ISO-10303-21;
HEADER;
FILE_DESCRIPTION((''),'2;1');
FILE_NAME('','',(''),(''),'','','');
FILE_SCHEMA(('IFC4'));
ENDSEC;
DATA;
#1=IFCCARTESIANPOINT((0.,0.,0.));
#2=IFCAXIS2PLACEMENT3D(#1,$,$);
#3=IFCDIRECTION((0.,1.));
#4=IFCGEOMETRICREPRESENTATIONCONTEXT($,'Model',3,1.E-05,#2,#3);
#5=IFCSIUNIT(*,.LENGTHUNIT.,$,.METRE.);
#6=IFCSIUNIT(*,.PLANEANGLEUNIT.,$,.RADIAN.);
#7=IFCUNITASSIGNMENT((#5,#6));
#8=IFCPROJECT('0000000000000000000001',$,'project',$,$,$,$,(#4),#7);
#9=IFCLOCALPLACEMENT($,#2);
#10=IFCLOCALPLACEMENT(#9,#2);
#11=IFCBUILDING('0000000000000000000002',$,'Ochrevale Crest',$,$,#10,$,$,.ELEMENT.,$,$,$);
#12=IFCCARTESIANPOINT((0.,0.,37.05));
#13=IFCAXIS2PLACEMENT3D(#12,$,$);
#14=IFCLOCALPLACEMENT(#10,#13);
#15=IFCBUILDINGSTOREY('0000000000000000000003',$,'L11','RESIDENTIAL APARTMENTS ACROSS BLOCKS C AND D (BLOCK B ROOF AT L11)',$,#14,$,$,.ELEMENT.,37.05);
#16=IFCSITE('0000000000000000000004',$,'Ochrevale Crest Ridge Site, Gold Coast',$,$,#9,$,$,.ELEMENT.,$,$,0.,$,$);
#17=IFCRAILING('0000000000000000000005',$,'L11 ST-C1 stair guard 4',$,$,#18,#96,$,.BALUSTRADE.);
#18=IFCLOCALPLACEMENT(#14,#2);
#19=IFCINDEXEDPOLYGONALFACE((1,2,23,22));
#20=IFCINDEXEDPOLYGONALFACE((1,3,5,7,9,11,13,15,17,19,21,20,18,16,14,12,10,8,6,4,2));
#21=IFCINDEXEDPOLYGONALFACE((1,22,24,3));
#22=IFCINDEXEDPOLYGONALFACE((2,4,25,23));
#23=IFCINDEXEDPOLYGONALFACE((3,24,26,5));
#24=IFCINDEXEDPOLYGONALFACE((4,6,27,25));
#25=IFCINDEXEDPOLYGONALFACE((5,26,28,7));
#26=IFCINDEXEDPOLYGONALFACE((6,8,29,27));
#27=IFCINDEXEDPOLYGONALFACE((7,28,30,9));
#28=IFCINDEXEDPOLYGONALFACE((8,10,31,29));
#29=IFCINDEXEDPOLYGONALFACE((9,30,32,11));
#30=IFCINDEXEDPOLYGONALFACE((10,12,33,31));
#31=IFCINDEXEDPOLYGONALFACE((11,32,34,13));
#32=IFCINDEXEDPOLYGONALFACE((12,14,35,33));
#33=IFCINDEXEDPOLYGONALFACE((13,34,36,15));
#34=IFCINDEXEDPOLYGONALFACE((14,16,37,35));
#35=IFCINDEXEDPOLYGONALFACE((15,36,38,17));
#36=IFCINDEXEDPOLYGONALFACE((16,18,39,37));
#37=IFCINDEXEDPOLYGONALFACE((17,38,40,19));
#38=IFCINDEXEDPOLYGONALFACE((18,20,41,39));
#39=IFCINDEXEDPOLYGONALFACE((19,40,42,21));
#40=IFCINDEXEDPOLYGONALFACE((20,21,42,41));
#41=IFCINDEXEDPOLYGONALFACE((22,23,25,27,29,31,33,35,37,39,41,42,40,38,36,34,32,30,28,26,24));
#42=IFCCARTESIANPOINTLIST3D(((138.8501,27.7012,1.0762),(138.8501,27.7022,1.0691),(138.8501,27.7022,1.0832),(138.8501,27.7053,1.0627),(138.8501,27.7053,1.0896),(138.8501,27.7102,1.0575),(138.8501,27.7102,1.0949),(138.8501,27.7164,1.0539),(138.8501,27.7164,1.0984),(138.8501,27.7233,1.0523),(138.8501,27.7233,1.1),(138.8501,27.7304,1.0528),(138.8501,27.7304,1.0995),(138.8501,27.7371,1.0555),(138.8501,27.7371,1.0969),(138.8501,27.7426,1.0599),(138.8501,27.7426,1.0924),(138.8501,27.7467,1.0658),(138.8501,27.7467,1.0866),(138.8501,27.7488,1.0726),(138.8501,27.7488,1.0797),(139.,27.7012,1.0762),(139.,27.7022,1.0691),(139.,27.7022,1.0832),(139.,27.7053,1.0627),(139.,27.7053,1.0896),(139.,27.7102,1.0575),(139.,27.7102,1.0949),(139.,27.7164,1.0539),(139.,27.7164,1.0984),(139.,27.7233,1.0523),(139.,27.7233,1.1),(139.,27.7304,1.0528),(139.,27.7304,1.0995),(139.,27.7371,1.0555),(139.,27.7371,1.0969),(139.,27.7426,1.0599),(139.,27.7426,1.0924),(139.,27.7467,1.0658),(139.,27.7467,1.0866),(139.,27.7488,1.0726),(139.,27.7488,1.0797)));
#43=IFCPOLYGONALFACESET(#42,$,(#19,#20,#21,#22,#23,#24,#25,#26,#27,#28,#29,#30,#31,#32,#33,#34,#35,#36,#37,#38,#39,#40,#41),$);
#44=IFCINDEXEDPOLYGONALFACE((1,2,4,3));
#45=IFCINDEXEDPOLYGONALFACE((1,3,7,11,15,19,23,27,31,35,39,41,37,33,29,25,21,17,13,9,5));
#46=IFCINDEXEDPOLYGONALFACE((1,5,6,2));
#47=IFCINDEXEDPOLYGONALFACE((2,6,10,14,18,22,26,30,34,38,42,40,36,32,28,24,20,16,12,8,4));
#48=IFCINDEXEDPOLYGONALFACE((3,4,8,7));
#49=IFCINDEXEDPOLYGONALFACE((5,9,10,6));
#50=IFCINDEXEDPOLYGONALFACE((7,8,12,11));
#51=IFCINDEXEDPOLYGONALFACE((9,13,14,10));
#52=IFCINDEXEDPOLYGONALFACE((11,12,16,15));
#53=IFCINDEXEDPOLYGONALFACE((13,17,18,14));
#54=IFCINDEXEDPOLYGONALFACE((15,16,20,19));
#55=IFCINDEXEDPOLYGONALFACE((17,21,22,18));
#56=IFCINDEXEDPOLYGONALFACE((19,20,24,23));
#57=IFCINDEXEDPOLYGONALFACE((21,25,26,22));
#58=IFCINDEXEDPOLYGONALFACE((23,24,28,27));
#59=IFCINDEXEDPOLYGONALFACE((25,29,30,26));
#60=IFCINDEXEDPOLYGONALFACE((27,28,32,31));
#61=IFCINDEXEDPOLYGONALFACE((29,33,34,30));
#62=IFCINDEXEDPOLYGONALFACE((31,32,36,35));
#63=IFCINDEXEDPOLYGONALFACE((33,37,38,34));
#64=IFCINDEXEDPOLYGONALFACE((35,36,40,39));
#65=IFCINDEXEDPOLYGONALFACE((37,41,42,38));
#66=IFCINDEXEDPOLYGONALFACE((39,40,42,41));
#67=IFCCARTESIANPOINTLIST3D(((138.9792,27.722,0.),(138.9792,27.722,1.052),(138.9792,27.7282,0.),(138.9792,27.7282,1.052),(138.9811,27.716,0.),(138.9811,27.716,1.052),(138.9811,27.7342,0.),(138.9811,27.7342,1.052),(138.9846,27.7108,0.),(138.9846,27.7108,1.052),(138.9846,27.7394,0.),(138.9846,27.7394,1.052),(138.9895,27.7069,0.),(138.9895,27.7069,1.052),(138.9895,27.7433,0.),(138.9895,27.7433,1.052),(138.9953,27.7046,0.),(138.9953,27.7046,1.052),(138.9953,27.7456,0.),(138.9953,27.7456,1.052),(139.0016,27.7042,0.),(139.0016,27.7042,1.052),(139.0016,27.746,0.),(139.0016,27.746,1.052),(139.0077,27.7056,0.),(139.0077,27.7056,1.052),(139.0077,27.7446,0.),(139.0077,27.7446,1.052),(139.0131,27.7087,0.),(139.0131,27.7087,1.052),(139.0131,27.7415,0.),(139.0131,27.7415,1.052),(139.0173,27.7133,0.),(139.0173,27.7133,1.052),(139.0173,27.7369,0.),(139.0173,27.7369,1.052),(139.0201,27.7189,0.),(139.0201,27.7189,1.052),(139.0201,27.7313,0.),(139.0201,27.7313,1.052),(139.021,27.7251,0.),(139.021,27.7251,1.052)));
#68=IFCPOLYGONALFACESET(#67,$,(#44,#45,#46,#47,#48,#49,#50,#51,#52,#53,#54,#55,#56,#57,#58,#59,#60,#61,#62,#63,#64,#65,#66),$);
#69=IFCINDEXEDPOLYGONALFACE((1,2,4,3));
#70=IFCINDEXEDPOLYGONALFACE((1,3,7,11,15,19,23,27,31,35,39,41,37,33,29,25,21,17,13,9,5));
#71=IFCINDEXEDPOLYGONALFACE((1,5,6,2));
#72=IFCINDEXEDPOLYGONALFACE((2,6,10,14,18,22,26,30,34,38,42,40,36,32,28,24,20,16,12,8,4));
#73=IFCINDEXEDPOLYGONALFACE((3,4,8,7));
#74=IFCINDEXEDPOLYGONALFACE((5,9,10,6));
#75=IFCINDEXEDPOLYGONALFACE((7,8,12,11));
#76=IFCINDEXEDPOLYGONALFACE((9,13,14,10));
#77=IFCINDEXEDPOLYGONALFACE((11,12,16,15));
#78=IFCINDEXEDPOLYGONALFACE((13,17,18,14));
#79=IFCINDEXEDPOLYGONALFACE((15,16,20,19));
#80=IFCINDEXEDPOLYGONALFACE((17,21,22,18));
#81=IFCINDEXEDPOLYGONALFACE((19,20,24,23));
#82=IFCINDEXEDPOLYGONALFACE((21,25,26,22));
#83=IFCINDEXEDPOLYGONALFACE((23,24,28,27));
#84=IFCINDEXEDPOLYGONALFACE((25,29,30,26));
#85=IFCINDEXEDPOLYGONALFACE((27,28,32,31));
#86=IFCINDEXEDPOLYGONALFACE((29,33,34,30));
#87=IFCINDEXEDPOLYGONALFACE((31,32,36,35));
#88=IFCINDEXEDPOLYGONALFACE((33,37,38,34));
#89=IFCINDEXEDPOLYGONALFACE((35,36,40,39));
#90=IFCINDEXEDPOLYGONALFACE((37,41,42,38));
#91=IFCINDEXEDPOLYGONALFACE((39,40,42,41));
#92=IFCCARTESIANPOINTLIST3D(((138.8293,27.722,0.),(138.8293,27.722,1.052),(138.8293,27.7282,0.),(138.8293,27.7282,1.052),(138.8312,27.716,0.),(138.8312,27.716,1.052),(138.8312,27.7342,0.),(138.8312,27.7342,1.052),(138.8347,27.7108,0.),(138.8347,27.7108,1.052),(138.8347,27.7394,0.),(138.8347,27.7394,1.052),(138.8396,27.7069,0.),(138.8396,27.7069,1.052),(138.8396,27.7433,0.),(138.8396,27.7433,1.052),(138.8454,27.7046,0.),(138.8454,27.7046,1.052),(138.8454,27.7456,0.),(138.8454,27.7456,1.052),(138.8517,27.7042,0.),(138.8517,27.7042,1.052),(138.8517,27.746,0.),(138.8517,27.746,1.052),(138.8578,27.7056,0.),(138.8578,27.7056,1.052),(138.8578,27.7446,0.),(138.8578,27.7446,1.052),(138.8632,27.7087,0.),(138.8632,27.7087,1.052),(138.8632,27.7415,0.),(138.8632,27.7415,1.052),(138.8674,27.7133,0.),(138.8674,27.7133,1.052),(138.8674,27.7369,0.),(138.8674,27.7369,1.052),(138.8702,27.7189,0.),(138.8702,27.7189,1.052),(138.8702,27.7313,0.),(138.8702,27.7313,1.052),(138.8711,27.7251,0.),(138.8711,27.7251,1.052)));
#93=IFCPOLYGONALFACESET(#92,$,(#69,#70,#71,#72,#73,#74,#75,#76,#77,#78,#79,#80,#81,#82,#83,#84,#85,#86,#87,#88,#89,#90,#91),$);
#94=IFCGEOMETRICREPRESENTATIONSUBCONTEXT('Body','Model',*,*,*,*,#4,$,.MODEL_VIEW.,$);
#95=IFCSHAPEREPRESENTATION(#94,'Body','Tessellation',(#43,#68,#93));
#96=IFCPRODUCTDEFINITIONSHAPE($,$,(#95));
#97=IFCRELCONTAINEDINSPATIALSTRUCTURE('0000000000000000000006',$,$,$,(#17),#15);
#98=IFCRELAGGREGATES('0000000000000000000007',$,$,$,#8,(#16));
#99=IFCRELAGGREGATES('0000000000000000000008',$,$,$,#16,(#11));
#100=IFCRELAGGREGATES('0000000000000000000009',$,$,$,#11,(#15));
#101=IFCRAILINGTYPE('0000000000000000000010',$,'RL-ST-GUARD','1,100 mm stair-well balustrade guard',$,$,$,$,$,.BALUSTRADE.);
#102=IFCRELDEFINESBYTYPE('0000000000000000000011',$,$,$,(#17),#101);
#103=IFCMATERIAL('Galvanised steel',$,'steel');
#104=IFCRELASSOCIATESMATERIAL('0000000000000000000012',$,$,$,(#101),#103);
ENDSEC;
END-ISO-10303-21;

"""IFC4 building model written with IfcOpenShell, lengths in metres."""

from ifc_helpers import new_model, si_unit, direction, frame, origin, origin_2d, place, context, subcontext, project, spatial, circle, extrude, material, type_object, element, save


model = new_model("IFC4")

# Units and contexts
model_context = context("Model", 3, precision=1e-05, world=origin(), true_north=direction((0.0, 1.0)))
body_context = subcontext(model_context, "Body", "Model", "MODEL_VIEW")
ifc_project = project(units=[si_unit("LENGTHUNIT", "METRE"), si_unit("PLANEANGLEUNIT", "RADIAN")], contexts=[model_context])

# Site, building, storey
site_placement = place(None, origin())
site = spatial("IfcSite", under=ifc_project, at=site_placement, Name="Ochrevale Crest Ridge Site, Gold Coast", CompositionType="ELEMENT", RefElevation=0.0)
building_placement = place(site_placement, origin())
building = spatial("IfcBuilding", under=site, at=building_placement, Name="Ochrevale Crest", CompositionType="ELEMENT")
storey_placement = place(building_placement, frame((0.0, 0.0, 37.05)))
storey = spatial("IfcBuildingStorey", under=building, at=storey_placement, Name="L11", Description="RESIDENTIAL APARTMENTS ACROSS BLOCKS C AND D (BLOCK B ROOF AT L11)", CompositionType="ELEMENT", Elevation=37.05)

# Railing
ifc_material_1 = material(Name="Galvanised steel", Category="steel")
railing_type_1 = type_object("IfcRailingType", Name="RL-ST-GUARD", Description="1,100 mm stair-well balustrade guard", PredefinedType="BALUSTRADE", material=ifc_material_1)
railing_1_placement = place(storey_placement, frame((139.0, 27.7251, 0.0)))
element("IfcRailing", 1, at=railing_1_placement, inside=storey, type_object=railing_type_1, Name="L11 ST-C1 stair guard 4", PredefinedType="BALUSTRADE", context=body_context, shape_type="SweptSolid", body=[
    extrude(circle(Radius=0.0239, at=origin_2d()), frame((0.0, 0.0, 1.0762), z_axis=(-1.0, 0.0, 0.0), x_axis=(0.0, -1.0, 0.0)), (0.0, 0.0, 1.0), 0.1499),
    extrude(circle(Radius=0.021, at=origin_2d()), origin(), (0.0, 0.0, 1.0), 1.052),
    extrude(circle(Radius=0.021, at=origin_2d()), frame((-0.1499, 0.0, 0.0)), (0.0, 0.0, 1.0), 1.052),
])

save(model, "model.ifc")
